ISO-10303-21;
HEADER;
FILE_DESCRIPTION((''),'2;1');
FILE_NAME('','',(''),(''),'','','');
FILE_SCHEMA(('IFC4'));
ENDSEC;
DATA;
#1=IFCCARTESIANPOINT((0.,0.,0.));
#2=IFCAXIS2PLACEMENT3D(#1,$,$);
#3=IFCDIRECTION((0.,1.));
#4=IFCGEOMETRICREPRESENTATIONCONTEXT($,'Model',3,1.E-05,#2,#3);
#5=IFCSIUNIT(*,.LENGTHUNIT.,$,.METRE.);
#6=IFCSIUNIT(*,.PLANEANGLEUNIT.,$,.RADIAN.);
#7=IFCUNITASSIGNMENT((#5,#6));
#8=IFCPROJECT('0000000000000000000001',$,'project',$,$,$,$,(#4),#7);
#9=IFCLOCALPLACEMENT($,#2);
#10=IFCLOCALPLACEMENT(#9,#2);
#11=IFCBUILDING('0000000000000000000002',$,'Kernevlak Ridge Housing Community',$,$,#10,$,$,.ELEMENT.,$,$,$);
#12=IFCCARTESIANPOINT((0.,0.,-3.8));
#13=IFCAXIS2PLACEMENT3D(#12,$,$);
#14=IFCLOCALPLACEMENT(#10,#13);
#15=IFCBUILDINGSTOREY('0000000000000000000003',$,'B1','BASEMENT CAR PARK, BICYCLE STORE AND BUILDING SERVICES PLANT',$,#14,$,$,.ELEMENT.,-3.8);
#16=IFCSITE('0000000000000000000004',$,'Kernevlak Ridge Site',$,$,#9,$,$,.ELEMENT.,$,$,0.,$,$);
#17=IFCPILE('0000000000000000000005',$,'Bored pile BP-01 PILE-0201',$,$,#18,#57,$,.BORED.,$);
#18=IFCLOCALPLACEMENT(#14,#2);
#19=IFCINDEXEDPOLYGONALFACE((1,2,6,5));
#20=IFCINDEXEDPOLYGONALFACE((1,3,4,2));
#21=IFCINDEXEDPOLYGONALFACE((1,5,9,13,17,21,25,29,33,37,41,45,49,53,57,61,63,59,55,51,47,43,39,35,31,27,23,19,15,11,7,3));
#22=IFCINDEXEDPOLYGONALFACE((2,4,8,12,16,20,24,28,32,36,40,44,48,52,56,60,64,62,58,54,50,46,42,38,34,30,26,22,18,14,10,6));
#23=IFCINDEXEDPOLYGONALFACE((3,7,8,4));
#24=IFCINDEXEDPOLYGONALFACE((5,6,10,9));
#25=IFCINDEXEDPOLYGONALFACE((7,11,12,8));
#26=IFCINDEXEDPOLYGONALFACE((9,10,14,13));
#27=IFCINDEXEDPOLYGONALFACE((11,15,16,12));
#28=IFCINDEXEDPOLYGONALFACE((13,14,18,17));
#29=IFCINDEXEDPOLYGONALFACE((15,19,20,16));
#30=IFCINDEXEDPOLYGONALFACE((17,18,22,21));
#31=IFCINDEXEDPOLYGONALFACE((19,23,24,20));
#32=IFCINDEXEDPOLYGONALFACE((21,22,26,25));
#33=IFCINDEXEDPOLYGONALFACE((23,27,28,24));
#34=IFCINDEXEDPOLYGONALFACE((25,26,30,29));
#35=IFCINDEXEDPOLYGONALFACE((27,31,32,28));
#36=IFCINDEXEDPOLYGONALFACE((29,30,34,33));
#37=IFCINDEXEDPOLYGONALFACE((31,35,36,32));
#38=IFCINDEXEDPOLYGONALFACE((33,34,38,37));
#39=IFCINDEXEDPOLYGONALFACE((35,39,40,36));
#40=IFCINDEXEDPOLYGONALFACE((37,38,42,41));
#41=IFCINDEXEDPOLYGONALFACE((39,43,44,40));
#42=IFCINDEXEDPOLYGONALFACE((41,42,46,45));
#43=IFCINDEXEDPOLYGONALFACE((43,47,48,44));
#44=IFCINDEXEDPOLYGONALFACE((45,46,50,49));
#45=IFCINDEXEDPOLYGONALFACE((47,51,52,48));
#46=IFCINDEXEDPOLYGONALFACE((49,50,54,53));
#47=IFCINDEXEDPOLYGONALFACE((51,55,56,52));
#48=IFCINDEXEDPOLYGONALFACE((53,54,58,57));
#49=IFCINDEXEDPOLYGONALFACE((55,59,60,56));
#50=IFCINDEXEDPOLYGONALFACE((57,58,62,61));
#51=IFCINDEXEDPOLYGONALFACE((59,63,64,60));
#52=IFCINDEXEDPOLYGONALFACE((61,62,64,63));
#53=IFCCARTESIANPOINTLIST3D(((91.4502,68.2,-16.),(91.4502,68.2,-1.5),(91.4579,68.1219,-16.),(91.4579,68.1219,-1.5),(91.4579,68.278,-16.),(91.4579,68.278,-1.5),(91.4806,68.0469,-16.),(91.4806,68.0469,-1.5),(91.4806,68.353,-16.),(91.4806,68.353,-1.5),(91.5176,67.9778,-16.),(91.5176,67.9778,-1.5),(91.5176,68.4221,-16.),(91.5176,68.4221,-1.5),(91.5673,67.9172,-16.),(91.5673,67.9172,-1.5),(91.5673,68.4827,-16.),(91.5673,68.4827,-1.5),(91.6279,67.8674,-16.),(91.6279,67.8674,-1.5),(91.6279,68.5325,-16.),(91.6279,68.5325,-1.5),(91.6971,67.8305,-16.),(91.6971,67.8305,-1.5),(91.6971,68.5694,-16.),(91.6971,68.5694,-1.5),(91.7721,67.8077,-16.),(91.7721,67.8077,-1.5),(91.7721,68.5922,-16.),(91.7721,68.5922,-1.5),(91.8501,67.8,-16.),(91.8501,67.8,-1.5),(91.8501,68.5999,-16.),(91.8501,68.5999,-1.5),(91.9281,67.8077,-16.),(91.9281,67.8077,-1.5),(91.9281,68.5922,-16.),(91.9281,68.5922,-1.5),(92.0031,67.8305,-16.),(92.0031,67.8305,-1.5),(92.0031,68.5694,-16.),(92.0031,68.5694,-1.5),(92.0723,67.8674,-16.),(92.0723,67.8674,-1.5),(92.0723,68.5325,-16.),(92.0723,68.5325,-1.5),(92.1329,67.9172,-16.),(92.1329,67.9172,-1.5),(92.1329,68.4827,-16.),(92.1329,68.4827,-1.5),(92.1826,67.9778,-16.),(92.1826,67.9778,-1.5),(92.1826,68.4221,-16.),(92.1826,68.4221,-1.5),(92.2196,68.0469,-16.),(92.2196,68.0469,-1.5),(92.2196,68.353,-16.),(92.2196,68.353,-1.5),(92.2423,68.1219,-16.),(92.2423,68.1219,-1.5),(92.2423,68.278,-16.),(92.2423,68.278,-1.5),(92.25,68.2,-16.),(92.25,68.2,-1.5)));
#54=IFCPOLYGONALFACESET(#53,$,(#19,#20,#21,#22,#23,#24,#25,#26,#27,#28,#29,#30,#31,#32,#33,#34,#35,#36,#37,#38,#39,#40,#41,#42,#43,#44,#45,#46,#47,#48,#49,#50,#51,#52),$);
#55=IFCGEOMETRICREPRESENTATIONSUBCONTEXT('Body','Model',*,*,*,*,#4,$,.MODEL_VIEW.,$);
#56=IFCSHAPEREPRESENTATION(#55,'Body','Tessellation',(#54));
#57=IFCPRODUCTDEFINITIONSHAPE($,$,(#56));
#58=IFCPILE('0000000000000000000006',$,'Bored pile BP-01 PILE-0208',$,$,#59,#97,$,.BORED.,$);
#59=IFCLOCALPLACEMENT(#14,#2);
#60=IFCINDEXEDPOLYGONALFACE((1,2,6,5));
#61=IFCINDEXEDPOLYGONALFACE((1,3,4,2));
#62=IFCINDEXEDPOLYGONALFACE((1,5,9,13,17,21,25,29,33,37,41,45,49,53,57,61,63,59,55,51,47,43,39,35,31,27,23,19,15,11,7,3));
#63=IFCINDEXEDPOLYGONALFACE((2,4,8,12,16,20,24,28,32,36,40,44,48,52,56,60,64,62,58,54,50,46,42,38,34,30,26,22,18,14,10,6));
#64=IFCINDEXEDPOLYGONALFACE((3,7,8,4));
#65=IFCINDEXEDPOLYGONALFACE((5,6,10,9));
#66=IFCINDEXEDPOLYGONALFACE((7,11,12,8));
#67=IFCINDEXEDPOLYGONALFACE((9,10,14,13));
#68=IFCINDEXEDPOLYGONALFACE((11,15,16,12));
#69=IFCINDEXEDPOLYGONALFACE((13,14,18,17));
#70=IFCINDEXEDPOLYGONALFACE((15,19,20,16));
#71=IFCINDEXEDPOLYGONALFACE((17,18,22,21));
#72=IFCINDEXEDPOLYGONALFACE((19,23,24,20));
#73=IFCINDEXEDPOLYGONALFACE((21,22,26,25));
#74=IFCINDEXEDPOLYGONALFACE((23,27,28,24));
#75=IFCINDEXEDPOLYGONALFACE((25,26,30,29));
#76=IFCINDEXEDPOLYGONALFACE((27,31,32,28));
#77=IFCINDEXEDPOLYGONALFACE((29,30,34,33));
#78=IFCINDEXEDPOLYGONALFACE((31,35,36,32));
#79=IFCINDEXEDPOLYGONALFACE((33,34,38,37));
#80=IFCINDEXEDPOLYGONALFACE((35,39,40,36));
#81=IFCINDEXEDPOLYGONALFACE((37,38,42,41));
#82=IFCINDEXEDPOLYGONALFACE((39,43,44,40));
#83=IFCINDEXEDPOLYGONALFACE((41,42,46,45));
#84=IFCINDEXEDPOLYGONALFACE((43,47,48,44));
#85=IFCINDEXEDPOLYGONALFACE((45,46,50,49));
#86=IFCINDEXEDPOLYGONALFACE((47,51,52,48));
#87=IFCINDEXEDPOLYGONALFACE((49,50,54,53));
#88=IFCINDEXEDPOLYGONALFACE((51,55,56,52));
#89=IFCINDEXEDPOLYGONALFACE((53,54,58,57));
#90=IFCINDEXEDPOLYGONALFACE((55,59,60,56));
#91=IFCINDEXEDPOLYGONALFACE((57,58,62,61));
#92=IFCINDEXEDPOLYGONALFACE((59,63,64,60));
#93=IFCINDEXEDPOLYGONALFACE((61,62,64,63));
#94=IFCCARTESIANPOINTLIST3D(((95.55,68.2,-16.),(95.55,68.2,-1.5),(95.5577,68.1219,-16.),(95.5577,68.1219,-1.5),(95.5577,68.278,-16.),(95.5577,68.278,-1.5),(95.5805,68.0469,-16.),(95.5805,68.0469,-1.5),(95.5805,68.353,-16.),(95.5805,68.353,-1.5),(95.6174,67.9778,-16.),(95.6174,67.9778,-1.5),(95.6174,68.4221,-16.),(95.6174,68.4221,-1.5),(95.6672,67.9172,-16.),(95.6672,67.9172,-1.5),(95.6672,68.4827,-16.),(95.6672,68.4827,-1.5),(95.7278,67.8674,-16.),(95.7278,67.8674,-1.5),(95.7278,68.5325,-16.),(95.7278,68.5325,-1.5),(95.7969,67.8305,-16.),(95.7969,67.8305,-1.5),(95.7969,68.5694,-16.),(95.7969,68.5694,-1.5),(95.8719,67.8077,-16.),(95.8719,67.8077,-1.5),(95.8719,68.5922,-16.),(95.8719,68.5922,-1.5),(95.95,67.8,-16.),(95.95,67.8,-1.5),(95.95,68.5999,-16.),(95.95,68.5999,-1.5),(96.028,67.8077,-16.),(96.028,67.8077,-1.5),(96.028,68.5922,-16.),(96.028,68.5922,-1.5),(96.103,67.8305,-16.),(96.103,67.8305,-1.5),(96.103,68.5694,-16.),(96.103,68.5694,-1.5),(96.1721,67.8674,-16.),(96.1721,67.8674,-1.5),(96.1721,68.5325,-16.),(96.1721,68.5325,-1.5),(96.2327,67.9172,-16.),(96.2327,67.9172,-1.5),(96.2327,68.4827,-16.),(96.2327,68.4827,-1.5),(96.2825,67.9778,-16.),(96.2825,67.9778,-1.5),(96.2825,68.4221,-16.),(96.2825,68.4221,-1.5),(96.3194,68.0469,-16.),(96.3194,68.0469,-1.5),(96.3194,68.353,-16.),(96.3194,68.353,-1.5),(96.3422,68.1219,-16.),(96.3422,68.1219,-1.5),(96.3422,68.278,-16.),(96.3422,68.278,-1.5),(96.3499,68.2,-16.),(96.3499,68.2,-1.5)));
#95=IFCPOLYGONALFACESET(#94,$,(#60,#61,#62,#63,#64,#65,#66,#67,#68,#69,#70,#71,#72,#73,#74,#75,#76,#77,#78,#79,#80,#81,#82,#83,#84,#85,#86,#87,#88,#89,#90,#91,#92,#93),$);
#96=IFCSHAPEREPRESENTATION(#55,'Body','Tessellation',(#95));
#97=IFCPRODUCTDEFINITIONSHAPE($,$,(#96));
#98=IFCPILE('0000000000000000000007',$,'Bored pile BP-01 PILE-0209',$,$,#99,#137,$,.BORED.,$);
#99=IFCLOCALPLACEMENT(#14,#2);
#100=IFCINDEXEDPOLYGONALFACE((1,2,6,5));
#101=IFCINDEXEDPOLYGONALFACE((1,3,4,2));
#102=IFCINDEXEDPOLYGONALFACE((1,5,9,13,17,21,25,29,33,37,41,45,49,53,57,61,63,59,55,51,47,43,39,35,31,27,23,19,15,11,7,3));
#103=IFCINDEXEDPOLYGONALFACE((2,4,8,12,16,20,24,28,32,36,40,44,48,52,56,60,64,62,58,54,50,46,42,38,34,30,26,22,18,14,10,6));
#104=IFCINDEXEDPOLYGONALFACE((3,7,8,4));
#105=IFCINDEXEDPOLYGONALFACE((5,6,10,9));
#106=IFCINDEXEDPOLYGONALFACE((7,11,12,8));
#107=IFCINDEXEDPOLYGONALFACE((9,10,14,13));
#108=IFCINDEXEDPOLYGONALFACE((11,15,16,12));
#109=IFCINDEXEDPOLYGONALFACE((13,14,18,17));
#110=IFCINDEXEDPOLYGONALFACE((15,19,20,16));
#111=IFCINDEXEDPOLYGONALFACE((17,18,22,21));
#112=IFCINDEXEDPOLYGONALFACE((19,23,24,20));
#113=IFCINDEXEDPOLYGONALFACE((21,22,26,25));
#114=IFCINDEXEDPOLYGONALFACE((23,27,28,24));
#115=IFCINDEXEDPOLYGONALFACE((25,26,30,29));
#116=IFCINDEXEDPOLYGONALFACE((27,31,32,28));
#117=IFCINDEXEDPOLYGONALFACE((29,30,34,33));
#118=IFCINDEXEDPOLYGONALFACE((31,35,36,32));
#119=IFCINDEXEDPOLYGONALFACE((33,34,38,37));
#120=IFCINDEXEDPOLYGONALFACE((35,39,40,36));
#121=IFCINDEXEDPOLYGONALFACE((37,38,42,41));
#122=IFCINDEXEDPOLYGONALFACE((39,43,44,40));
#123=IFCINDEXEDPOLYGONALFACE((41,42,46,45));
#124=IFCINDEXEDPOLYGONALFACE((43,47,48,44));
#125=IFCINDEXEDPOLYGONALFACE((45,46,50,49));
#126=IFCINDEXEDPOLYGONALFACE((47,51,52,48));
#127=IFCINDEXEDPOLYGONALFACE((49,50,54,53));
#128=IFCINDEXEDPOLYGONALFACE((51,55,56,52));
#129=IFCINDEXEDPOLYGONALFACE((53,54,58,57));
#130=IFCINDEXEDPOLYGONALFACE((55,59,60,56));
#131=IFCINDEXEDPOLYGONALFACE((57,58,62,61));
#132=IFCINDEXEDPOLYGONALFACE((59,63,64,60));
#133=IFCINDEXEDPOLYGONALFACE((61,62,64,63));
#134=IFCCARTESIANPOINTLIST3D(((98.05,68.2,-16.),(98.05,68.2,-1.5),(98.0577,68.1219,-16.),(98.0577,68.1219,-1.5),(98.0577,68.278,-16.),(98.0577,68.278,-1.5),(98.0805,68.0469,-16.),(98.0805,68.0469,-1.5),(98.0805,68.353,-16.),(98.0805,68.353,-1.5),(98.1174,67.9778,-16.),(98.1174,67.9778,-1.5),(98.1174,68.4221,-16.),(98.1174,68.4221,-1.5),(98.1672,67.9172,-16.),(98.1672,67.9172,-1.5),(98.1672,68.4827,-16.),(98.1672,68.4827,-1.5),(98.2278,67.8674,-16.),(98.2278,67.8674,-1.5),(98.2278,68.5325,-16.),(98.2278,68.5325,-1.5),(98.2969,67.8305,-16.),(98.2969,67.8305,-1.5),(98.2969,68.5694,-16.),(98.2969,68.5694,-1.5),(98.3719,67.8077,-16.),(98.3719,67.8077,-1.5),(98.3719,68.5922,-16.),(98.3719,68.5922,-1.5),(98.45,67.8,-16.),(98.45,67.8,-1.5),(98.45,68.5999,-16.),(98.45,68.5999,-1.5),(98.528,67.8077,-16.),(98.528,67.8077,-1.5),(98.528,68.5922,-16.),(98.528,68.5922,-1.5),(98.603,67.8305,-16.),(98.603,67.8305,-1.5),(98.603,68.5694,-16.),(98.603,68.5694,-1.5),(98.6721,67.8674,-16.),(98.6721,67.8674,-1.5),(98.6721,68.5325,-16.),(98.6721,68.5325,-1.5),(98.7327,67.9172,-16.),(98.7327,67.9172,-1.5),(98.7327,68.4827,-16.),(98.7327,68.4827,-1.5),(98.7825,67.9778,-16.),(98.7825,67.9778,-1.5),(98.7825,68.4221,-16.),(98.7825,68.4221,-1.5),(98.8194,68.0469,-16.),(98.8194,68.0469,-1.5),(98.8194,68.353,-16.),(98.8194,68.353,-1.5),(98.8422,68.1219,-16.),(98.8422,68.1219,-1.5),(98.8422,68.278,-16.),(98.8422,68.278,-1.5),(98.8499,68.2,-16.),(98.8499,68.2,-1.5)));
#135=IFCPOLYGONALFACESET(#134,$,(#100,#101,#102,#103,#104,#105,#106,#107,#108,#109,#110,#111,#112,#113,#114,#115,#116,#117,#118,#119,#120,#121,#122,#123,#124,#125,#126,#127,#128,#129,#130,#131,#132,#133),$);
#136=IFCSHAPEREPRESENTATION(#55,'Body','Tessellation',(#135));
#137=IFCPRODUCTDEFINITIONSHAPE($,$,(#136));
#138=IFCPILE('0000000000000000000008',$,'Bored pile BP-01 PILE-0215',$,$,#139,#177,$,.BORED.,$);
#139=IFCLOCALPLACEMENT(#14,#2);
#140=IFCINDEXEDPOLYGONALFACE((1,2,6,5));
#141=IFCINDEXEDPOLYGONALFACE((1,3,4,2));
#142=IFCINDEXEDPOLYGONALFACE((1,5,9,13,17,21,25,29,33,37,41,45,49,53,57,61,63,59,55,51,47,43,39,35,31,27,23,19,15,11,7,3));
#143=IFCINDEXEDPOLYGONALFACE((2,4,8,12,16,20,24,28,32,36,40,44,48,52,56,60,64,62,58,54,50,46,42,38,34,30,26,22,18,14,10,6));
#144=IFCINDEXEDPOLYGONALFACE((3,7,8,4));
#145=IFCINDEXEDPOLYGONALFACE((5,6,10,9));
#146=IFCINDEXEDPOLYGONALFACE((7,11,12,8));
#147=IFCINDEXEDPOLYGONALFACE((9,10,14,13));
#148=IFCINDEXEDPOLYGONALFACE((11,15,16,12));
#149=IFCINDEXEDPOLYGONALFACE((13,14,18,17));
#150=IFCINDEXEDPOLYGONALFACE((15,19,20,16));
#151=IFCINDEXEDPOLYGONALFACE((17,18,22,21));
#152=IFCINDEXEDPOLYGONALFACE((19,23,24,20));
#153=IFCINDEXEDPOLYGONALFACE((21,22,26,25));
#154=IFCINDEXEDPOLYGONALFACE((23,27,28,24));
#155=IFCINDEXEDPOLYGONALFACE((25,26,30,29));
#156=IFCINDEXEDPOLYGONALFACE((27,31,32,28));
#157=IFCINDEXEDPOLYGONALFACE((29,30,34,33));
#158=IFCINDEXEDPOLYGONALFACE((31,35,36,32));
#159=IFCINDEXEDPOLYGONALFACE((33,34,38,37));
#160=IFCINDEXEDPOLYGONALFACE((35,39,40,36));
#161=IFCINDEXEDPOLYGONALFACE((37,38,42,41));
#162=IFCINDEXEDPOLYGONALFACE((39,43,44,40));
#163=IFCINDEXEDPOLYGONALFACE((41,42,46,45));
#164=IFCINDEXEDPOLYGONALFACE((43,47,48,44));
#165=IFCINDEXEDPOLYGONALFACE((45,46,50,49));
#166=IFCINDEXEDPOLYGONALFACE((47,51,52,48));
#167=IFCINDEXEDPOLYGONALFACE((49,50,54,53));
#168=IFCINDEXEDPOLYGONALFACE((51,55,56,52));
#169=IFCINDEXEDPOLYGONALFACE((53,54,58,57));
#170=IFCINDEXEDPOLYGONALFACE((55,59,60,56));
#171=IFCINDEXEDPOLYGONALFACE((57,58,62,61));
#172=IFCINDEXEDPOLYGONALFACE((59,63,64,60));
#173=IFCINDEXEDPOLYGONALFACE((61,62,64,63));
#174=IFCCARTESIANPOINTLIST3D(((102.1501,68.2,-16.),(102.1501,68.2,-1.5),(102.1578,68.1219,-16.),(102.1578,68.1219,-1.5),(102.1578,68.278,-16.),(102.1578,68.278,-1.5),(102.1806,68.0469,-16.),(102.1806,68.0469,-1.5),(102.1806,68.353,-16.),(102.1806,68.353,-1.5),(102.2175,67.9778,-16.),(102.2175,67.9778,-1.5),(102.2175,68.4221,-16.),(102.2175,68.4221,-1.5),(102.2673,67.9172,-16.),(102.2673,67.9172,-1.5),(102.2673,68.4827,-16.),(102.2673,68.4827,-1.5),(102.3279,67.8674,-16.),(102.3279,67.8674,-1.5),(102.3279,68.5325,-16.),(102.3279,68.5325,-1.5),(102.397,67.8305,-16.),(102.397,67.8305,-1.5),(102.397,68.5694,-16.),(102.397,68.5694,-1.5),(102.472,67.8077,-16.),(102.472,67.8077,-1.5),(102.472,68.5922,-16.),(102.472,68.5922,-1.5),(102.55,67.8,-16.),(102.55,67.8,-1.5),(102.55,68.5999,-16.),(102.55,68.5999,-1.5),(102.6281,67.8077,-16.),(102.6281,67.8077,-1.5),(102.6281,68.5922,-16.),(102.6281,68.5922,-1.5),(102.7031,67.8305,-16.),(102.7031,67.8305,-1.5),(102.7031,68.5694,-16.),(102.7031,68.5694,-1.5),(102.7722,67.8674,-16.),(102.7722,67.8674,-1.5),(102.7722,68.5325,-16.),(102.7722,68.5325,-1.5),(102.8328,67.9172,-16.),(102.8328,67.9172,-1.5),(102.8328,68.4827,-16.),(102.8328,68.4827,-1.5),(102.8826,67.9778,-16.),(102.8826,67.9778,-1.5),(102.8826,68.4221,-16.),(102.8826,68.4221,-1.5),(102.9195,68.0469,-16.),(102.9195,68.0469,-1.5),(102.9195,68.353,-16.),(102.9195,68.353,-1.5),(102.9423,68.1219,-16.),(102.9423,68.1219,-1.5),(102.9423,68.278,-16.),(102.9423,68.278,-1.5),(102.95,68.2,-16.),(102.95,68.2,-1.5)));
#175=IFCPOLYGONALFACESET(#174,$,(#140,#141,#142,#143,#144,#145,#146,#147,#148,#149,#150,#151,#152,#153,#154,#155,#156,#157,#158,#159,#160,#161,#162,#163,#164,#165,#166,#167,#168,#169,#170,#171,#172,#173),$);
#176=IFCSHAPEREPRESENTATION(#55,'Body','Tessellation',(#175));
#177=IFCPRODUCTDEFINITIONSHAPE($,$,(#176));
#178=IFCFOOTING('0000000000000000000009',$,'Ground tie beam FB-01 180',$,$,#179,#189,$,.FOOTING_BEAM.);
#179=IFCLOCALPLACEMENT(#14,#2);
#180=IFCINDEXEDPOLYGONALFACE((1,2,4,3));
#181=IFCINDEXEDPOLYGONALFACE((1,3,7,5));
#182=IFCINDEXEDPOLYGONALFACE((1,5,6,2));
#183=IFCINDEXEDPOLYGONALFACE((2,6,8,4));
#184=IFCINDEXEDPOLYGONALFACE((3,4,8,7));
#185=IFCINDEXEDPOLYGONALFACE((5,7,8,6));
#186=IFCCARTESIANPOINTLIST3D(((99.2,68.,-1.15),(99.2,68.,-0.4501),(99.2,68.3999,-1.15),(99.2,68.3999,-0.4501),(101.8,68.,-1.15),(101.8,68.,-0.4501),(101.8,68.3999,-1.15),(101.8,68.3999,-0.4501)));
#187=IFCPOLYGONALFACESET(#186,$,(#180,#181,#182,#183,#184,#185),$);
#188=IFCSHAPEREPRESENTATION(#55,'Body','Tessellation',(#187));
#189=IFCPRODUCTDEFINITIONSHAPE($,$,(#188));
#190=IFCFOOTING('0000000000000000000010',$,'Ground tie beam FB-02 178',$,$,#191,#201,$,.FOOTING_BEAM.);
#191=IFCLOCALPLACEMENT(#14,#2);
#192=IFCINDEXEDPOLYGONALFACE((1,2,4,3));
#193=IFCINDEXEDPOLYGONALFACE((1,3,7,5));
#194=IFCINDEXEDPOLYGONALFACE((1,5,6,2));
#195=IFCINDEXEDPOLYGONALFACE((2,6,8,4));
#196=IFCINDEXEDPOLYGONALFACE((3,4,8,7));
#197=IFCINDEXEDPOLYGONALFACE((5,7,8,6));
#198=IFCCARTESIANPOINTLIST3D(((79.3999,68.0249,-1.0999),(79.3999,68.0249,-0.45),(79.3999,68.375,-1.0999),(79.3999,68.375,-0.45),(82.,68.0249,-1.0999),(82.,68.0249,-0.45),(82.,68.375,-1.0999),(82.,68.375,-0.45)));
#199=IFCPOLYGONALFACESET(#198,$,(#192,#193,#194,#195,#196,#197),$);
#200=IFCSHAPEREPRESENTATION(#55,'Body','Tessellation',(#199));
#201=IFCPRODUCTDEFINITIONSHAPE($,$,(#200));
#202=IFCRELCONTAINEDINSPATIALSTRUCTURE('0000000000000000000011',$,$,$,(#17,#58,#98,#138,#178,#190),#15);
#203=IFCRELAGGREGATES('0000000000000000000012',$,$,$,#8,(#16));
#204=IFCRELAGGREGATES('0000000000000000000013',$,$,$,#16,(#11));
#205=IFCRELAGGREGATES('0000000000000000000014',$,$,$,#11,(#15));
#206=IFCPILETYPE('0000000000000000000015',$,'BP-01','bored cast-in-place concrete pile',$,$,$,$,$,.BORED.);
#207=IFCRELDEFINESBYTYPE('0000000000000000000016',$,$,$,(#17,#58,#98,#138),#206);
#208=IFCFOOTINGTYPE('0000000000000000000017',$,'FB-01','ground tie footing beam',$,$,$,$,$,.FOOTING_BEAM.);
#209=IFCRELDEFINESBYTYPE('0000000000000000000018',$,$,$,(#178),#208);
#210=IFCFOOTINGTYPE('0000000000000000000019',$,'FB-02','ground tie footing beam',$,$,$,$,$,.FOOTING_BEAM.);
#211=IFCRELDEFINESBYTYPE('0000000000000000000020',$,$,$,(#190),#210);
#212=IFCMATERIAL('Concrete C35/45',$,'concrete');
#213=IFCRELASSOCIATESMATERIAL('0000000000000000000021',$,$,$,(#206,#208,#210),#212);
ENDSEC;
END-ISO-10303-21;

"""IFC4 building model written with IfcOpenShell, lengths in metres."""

from ifc_helpers import new_model, si_unit, direction, frame, origin, origin_2d, place, context, subcontext, project, spatial, rectangle, circle, extrude, material, material_profile, profile_set, type_object, element, save


model = new_model("IFC4")

# Units and contexts
model_context = context("Model", 3, precision=1e-05, world=origin(), true_north=direction((0.0, 1.0)))
body_context = subcontext(model_context, "Body", "Model", "MODEL_VIEW")
ifc_project = project(units=[si_unit("LENGTHUNIT", "METRE"), si_unit("PLANEANGLEUNIT", "RADIAN")], contexts=[model_context])

# Site, building, storey
site_placement = place(None, origin())
site = spatial("IfcSite", under=ifc_project, at=site_placement, Name="Kernevlak Ridge Site", CompositionType="ELEMENT", RefElevation=0.0)
building_placement = place(site_placement, origin())
building = spatial("IfcBuilding", under=site, at=building_placement, Name="Kernevlak Ridge Housing Community", CompositionType="ELEMENT")
storey_placement = place(building_placement, frame((0.0, 0.0, -3.8)))
storey = spatial("IfcBuildingStorey", under=building, at=storey_placement, Name="B1", Description="BASEMENT CAR PARK, BICYCLE STORE AND BUILDING SERVICES PLANT", CompositionType="ELEMENT", Elevation=-3.8)

# Piles
ifc_material_1 = material(Name="Concrete C35/45", Category="concrete")
ifc_material_profile_1 = material_profile(ifc_material_1, circle(Radius=0.3999, at=origin_2d()), Name="BORED PILE 800")
ifc_profile_set_1 = profile_set([ifc_material_profile_1], Name="Concrete C35/45")
pile_type = type_object("IfcPileType", Name="BP-01", Description="bored cast-in-place concrete pile", PredefinedType="BORED", material=ifc_profile_set_1)
for number, where, z_axis, x_axis, name in (
    (1, (91.8501, 68.2, -1.5), (0.0, 0.0, -1.0), (1.0, 0.0, 0.0), "Bored pile BP-01 PILE-0201"),
    (2, (95.95, 68.2, -1.5), (0.0, 0.0, -1.0), (1.0, 0.0, 0.0), "Bored pile BP-01 PILE-0208"),
    (3, (98.45, 68.2, -1.5), (0.0, 0.0, -1.0), (1.0, 0.0, 0.0), "Bored pile BP-01 PILE-0209"),
    (4, (102.55, 68.2, -1.5), (0.0, 0.0, -1.0), (1.0, 0.0, 0.0), "Bored pile BP-01 PILE-0215"),
):
    element("IfcPile", number, at=place(storey_placement, frame(where, z_axis=z_axis, x_axis=x_axis)), inside=storey, type_object=pile_type, Name=name, PredefinedType="BORED", context=body_context, shape_type="SweptSolid", body=[
        extrude(circle(Radius=0.3999, at=origin_2d()), origin(), (0.0, 0.0, 1.0), 14.5),
    ])

# Footings
ifc_material_profile_2 = material_profile(ifc_material_1, rectangle(XDim=0.3999, YDim=0.7, at=origin_2d()), Name="RC 400x700")
ifc_profile_set_2 = profile_set([ifc_material_profile_2], Name="Concrete C35/45")
footing_type_1 = type_object("IfcFootingType", Name="FB-01", Description="ground tie footing beam", PredefinedType="FOOTING_BEAM", material=ifc_profile_set_2)
footing_1_placement = place(storey_placement, frame((99.2, 68.2, -0.8), z_axis=(1.0, 0.0, 0.0), x_axis=(0.0, 1.0, 0.0)))
element("IfcFooting", 5, at=footing_1_placement, inside=storey, type_object=footing_type_1, Name="Ground tie beam FB-01 180", PredefinedType="FOOTING_BEAM", context=body_context, shape_type="SweptSolid", body=[
    extrude(rectangle(XDim=0.3999, YDim=0.7, at=origin_2d()), origin(), (0.0, 0.0, 1.0), 2.6001),
])
ifc_material_profile_3 = material_profile(ifc_material_1, rectangle(XDim=0.3501, YDim=0.6499, at=origin_2d()), Name="RC 350x650")
ifc_profile_set_3 = profile_set([ifc_material_profile_3], Name="Concrete C35/45")
footing_type_2 = type_object("IfcFootingType", Name="FB-02", Description="ground tie footing beam", PredefinedType="FOOTING_BEAM", material=ifc_profile_set_3)
footing_2_placement = place(storey_placement, frame((79.3999, 68.2, -0.7749), z_axis=(1.0, 0.0, 0.0), x_axis=(0.0, 1.0, 0.0)))
element("IfcFooting", 6, at=footing_2_placement, inside=storey, type_object=footing_type_2, Name="Ground tie beam FB-02 178", PredefinedType="FOOTING_BEAM", context=body_context, shape_type="SweptSolid", body=[
    extrude(rectangle(XDim=0.3501, YDim=0.6499, at=origin_2d()), origin(), (0.0, 0.0, 1.0), 2.6001),
])

save(model, "model.ifc")
